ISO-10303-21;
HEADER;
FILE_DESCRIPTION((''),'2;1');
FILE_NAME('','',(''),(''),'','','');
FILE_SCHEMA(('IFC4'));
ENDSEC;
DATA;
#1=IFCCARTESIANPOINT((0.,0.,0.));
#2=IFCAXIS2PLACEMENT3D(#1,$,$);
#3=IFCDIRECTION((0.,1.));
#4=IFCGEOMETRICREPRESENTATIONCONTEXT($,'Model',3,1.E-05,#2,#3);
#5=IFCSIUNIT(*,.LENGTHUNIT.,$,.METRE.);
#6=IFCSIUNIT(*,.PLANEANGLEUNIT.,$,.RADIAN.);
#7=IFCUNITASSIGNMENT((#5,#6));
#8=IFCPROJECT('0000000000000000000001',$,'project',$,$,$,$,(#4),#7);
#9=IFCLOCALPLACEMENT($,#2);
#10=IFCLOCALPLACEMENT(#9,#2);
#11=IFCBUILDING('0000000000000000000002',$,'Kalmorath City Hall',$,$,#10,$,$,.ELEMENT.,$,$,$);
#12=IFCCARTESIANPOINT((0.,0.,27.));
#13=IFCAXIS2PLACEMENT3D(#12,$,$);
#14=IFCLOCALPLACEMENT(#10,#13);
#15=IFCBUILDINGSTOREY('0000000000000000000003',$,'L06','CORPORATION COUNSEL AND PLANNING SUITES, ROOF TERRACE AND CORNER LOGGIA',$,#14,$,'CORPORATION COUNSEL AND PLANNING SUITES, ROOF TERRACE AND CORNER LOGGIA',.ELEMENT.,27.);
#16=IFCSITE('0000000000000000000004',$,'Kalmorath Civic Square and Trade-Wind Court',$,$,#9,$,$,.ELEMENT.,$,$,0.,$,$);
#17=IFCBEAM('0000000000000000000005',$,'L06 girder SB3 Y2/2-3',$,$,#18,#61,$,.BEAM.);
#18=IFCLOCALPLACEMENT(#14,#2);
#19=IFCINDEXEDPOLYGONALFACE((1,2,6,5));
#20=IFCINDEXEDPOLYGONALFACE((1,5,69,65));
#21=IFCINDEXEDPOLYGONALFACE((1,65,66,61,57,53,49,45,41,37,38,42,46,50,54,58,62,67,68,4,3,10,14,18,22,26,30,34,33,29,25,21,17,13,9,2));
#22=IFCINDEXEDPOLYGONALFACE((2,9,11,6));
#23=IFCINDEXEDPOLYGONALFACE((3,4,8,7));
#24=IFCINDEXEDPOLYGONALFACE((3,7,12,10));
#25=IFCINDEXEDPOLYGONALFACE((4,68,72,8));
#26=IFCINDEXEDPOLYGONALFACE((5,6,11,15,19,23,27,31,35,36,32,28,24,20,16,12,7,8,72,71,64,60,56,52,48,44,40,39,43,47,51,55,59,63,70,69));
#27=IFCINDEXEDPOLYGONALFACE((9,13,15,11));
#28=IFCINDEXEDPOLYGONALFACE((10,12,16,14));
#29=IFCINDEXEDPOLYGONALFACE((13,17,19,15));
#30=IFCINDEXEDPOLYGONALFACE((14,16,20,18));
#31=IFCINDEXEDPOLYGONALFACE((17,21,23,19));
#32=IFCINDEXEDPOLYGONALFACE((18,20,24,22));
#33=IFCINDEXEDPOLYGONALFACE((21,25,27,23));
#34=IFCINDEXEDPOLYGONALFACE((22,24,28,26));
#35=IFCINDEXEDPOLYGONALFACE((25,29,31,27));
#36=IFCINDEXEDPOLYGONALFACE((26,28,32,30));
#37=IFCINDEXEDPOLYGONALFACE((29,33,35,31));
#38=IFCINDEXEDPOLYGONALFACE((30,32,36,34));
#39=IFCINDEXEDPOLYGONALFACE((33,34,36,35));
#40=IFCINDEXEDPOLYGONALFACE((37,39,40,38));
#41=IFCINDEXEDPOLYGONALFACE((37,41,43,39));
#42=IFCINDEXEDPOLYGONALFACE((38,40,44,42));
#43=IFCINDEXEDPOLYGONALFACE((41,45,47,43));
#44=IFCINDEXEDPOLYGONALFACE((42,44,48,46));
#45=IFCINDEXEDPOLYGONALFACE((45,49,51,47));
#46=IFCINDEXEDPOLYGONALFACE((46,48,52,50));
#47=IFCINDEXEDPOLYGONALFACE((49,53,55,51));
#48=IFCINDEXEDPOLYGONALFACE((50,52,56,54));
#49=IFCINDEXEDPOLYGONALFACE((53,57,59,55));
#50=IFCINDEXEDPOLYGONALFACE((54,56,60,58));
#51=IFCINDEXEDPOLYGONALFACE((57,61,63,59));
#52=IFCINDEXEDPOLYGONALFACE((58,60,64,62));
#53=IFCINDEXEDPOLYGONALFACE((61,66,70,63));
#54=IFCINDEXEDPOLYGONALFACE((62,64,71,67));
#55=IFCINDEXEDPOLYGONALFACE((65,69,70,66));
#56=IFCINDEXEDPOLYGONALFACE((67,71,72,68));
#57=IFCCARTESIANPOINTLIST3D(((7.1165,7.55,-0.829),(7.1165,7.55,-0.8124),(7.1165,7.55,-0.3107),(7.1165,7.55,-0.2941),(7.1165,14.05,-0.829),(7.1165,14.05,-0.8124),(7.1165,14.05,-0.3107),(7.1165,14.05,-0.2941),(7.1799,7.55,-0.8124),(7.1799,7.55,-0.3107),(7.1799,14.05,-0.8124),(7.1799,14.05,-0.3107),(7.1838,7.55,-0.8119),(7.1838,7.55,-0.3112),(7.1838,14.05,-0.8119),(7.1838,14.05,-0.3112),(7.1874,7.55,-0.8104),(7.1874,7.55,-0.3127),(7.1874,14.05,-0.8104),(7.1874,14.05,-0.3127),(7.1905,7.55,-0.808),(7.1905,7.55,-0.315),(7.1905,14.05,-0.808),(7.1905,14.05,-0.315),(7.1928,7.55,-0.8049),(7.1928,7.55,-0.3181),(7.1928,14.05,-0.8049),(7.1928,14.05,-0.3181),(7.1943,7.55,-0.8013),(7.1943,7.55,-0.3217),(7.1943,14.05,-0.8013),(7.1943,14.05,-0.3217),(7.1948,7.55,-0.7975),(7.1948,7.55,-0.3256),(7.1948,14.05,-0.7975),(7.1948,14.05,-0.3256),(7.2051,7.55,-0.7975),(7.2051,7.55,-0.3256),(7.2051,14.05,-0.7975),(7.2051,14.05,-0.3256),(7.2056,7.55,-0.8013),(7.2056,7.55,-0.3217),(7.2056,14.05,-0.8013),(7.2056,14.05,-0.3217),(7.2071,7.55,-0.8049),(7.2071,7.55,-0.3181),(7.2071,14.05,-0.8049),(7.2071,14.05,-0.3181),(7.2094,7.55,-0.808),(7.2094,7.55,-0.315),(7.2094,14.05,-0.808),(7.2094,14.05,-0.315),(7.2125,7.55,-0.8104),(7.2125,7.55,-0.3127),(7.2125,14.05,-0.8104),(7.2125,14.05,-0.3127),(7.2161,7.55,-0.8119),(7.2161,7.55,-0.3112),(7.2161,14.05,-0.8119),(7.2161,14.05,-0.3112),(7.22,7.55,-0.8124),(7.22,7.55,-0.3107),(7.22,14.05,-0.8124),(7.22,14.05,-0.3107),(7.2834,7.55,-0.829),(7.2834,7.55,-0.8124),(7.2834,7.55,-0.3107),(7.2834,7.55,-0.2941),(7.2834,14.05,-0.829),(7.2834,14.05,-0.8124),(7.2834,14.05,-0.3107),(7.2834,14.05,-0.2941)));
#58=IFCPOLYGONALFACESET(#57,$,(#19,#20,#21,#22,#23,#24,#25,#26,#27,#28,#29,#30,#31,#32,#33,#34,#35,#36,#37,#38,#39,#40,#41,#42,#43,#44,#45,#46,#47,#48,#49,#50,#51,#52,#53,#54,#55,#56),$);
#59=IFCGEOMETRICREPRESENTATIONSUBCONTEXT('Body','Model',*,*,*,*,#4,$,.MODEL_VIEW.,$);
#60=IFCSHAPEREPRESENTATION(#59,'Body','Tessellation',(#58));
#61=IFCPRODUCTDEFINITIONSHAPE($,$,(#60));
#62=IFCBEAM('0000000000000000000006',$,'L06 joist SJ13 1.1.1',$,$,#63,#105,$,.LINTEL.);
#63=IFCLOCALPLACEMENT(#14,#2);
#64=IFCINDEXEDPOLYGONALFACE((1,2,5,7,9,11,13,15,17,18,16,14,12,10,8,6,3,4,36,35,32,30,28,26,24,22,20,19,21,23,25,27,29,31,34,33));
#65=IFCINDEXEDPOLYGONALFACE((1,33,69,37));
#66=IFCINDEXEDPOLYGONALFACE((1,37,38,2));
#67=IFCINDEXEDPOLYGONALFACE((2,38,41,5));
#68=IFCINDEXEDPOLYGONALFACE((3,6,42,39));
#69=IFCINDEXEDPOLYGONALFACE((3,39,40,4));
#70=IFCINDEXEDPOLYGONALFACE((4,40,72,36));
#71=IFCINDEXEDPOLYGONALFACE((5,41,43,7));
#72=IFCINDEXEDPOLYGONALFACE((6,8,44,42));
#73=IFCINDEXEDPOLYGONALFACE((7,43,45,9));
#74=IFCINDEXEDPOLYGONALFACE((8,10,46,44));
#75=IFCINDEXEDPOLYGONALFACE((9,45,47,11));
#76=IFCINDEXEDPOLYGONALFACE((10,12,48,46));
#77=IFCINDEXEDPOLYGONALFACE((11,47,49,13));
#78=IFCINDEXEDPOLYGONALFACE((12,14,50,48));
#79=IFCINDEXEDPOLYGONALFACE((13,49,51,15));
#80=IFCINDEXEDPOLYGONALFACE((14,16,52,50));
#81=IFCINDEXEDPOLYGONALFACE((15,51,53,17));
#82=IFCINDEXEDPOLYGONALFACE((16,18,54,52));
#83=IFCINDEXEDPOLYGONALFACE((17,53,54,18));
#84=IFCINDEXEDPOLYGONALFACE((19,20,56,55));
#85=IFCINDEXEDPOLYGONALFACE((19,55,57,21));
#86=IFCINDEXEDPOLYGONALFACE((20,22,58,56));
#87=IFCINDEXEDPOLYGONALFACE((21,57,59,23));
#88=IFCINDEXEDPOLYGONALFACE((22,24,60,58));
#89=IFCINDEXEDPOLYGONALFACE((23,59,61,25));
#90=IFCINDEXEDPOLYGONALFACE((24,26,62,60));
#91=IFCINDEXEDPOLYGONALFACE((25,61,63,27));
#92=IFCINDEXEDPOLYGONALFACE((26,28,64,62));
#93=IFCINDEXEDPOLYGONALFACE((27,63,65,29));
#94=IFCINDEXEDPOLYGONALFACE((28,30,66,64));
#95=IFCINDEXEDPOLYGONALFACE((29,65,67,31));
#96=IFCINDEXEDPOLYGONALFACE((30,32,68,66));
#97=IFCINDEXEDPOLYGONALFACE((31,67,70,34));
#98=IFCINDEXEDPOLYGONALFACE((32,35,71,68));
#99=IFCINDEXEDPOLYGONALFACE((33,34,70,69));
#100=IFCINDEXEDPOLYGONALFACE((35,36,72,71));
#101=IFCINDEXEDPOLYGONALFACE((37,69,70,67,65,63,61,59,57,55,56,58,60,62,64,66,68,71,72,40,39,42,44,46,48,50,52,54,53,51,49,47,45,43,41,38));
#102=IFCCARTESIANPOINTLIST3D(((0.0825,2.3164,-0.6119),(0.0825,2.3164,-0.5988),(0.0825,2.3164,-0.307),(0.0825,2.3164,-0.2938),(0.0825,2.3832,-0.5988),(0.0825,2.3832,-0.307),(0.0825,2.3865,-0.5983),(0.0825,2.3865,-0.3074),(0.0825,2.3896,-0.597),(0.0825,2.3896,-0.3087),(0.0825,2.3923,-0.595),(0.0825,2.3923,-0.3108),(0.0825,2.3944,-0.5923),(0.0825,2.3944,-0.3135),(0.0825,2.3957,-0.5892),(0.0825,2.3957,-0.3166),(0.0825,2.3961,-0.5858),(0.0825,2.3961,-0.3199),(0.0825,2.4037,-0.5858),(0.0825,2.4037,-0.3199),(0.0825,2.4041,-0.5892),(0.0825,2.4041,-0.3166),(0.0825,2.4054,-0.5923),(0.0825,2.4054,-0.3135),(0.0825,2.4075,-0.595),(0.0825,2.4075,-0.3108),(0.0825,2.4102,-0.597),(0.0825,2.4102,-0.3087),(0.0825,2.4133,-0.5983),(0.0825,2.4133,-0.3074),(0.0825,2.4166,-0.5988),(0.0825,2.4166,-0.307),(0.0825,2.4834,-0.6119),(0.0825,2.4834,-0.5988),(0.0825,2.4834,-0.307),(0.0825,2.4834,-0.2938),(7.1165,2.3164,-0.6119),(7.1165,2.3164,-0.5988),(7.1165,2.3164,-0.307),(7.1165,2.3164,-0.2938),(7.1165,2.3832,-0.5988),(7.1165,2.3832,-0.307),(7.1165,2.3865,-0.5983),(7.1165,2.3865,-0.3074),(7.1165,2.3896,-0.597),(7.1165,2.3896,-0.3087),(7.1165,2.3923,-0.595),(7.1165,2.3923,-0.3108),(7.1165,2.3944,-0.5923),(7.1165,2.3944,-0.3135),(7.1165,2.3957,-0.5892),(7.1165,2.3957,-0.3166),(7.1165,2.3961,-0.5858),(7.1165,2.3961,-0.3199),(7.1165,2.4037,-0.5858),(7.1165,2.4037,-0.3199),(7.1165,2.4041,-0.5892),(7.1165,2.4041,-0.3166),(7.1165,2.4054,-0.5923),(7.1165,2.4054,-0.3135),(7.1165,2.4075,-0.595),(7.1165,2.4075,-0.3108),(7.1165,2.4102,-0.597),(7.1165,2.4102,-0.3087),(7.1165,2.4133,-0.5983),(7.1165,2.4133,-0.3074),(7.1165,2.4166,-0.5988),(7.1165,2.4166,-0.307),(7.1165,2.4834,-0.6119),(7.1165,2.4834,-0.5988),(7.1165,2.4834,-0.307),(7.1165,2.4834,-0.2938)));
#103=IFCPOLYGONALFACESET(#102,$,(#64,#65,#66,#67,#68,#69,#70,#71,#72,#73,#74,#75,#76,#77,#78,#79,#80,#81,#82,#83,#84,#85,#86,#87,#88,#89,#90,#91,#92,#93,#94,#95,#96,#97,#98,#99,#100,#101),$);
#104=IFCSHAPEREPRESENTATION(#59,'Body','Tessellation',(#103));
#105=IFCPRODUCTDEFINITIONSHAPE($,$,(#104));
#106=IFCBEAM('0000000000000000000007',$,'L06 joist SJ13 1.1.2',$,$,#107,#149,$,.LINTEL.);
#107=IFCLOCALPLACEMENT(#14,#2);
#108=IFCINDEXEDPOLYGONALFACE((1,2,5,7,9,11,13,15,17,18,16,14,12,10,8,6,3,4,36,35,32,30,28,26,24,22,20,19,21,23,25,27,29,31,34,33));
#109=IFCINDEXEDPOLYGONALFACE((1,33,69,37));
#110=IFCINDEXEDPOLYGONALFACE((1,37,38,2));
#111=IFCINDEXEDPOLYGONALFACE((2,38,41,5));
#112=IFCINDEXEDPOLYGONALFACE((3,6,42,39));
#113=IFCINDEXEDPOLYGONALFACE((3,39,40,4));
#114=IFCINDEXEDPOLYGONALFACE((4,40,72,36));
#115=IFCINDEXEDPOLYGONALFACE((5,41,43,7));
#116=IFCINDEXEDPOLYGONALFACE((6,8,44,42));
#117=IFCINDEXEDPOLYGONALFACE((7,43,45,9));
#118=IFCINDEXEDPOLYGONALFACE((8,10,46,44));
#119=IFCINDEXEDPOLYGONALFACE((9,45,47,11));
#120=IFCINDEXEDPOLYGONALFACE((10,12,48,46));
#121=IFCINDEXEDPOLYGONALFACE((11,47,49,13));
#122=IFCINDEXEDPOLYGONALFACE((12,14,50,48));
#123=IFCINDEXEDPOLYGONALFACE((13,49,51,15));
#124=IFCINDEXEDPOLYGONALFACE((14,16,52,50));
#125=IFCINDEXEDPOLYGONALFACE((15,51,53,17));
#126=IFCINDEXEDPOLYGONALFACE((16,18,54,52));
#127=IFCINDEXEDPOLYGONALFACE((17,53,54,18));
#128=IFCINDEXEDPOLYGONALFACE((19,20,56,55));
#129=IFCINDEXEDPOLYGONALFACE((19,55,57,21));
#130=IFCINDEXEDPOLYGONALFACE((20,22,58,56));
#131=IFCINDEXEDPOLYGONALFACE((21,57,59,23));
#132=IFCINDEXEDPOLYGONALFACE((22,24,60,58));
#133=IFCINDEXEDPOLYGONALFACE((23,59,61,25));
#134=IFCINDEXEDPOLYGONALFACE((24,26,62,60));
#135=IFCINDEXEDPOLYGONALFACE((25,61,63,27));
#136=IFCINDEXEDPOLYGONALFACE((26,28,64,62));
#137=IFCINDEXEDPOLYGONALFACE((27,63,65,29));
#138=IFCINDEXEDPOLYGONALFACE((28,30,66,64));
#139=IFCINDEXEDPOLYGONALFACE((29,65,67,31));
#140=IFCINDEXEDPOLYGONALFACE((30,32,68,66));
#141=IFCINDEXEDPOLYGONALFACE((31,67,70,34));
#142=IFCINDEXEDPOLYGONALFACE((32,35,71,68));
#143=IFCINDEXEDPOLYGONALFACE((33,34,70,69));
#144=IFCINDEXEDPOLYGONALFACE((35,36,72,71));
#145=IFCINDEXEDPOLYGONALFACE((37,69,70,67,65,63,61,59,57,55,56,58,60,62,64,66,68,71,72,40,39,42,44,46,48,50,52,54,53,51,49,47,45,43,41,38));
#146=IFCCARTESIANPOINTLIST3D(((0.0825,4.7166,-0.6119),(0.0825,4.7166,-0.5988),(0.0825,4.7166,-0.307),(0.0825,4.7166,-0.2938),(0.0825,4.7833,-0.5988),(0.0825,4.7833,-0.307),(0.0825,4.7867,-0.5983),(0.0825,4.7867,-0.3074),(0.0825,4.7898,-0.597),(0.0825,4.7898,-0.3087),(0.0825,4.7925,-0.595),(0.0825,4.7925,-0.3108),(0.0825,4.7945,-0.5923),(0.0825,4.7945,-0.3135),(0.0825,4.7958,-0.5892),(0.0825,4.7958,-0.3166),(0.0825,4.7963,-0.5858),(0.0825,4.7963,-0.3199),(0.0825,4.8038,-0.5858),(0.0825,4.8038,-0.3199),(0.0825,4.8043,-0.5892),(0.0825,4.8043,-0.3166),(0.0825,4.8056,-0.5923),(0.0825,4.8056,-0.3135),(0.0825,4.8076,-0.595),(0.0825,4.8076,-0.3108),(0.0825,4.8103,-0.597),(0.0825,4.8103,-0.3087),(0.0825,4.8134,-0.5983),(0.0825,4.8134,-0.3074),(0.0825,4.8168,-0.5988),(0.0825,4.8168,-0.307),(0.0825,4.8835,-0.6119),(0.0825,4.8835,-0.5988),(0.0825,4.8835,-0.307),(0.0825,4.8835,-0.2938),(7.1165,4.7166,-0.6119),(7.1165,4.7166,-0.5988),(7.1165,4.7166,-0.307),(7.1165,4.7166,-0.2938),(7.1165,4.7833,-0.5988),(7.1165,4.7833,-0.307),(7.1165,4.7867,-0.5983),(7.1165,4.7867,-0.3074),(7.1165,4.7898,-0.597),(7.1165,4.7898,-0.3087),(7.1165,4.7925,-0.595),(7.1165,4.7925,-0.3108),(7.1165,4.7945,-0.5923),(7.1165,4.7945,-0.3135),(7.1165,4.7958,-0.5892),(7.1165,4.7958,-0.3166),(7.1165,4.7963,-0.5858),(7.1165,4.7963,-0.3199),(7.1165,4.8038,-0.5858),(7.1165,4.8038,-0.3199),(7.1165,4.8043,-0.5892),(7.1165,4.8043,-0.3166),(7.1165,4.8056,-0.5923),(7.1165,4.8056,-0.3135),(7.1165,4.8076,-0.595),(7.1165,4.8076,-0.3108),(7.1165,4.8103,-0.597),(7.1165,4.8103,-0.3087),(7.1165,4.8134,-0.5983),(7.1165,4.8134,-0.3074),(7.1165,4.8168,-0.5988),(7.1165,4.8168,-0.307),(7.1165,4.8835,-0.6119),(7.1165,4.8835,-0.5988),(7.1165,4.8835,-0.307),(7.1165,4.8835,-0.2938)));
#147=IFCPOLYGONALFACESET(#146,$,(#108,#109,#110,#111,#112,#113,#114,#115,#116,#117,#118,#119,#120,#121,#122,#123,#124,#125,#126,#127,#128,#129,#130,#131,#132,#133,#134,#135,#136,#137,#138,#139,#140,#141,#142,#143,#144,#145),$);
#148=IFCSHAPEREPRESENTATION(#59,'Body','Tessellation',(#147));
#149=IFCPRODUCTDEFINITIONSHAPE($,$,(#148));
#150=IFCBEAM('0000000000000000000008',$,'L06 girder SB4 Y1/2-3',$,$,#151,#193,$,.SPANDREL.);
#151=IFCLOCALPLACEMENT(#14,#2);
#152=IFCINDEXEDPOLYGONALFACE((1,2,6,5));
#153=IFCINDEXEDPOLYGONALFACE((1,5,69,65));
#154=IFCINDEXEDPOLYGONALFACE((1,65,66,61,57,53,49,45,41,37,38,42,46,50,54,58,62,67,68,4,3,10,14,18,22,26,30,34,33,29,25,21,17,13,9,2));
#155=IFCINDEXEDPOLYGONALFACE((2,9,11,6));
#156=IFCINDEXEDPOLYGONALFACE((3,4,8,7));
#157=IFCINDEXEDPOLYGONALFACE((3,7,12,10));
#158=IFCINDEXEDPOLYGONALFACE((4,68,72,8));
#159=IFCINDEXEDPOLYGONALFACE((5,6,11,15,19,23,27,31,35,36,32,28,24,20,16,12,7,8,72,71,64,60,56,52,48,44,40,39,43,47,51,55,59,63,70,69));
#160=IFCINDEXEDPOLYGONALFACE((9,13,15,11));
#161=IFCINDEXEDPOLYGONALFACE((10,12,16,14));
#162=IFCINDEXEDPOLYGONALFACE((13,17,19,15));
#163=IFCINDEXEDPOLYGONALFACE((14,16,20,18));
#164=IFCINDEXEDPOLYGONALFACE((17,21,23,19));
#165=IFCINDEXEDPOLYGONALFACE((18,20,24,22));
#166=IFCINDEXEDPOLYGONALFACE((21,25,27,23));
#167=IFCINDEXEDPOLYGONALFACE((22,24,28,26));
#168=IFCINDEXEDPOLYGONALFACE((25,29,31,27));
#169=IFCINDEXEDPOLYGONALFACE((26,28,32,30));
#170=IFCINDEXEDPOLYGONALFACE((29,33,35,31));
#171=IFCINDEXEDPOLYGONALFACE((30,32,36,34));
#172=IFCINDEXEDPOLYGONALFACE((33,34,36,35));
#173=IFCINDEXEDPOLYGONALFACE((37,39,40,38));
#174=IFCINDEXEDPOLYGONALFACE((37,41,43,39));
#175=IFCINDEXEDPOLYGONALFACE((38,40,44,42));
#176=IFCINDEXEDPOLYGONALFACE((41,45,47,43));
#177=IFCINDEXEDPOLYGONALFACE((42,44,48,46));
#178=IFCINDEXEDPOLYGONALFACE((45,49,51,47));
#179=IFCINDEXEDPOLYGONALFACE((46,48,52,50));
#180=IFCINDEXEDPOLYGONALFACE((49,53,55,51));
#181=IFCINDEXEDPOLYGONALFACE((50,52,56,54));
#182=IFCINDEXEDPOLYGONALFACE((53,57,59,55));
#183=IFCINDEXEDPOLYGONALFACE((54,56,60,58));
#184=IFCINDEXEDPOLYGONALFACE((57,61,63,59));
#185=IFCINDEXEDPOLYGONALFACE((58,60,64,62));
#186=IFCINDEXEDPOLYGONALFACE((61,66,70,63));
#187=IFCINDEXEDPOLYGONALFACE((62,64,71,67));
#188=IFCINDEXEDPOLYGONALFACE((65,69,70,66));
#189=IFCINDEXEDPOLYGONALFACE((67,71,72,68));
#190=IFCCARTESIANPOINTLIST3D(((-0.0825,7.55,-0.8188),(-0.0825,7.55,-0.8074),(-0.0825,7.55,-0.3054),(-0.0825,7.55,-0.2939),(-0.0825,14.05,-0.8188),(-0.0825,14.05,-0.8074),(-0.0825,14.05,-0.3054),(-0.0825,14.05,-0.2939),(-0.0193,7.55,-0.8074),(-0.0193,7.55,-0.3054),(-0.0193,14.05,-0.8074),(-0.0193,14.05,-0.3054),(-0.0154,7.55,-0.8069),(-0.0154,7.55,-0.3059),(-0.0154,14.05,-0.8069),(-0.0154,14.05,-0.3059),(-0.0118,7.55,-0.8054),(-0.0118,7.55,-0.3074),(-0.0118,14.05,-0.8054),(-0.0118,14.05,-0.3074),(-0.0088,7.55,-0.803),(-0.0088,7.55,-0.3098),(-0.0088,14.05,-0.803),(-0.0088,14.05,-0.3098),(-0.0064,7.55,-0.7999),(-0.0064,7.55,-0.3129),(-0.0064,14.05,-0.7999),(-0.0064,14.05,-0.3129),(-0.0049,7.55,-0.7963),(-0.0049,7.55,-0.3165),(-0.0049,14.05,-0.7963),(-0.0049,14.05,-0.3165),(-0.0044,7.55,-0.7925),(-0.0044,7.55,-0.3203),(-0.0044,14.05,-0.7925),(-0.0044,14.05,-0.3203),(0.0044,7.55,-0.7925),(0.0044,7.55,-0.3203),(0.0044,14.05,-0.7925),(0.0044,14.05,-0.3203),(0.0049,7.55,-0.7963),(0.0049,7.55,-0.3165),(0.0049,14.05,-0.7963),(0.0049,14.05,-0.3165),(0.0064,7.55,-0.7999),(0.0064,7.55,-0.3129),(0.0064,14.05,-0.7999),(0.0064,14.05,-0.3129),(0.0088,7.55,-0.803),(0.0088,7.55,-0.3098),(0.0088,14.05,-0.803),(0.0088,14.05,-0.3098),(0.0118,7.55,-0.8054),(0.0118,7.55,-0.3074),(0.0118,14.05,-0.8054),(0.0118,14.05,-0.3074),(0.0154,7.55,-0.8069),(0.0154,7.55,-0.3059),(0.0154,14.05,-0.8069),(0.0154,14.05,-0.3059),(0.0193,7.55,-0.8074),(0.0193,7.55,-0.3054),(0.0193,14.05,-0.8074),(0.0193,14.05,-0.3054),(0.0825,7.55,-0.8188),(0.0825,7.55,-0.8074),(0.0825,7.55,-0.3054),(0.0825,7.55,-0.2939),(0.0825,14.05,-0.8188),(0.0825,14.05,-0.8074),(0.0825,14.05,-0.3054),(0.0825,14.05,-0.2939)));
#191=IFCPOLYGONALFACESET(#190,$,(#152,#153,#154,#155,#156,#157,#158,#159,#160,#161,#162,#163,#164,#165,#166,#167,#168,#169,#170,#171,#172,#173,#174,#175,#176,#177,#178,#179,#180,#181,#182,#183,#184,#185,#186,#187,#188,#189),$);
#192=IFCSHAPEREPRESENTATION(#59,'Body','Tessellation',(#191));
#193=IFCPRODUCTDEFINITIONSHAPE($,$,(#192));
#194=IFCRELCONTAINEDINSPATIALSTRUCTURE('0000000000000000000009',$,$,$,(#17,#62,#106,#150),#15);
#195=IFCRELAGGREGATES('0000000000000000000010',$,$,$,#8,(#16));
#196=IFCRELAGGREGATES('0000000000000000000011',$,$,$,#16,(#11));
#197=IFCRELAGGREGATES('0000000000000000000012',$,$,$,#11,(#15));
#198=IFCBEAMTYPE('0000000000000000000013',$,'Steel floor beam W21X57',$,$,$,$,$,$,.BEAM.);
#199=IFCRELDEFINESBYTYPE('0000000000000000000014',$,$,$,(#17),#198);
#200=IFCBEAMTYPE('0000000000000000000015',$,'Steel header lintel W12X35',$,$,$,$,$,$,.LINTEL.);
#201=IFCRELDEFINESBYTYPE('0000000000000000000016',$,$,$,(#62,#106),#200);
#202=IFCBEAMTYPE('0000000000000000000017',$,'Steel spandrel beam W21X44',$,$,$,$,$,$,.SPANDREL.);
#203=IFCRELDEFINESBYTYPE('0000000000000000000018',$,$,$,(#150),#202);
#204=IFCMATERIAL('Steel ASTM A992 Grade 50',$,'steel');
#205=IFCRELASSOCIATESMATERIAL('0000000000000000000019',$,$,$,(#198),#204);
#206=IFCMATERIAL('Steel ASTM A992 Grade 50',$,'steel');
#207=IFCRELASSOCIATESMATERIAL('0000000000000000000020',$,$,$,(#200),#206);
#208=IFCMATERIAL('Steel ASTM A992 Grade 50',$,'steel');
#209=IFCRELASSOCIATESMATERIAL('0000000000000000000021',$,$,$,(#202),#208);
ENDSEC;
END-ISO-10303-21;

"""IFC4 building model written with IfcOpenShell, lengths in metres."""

from ifc_helpers import new_model, si_unit, direction, frame, origin, origin_2d, place, context, subcontext, project, spatial, i_section, extrude, material, material_profile, profile_set, type_object, element, save


model = new_model("IFC4")

# Units and contexts
model_context = context("Model", 3, precision=1e-05, world=origin(), true_north=direction((0.0, 1.0)))
body_context = subcontext(model_context, "Body", "Model", "MODEL_VIEW")
ifc_project = project(units=[si_unit("LENGTHUNIT", "METRE"), si_unit("PLANEANGLEUNIT", "RADIAN")], contexts=[model_context])

# Site, building, storey
site_placement = place(None, origin())
site = spatial("IfcSite", under=ifc_project, at=site_placement, Name="Kalmorath Civic Square and Trade-Wind Court", CompositionType="ELEMENT", RefElevation=0.0)
building_placement = place(site_placement, origin())
building = spatial("IfcBuilding", under=site, at=building_placement, Name="Kalmorath City Hall", CompositionType="ELEMENT")
storey_placement = place(building_placement, frame((0.0, 0.0, 27.0)))
storey = spatial("IfcBuildingStorey", under=building, at=storey_placement, Name="L06", Description="CORPORATION COUNSEL AND PLANNING SUITES, ROOF TERRACE AND CORNER LOGGIA", LongName="CORPORATION COUNSEL AND PLANNING SUITES, ROOF TERRACE AND CORNER LOGGIA", CompositionType="ELEMENT", Elevation=27.0)

# Beams
ifc_material_1 = material(Name="Steel ASTM A992 Grade 50", Category="steel")
ifc_material_profile_1 = material_profile(ifc_material_1, i_section(OverallWidth=0.167, OverallDepth=0.5349, WebThickness=0.0103, FlangeThickness=0.0166, FilletRadius=0.0149, at=origin_2d()), Name="W21X57")
ifc_profile_set_1 = profile_set([ifc_material_profile_1], Name="Steel ASTM A992 Grade 50")
beam_type_1 = type_object("IfcBeamType", Name="Steel floor beam W21X57", PredefinedType="BEAM", material=ifc_profile_set_1)
for number, where, z_axis, x_axis, name in (
    (1, (7.2, 7.55, -0.5615), (0.0, 1.0, 0.0), (-1.0, 0.0, 0.0), "L06 girder SB3 Y2/2-3"),
):
    element("IfcBeam", number, at=place(storey_placement, frame(where, z_axis=z_axis, x_axis=x_axis)), inside=storey, type_object=beam_type_1, Name=name, PredefinedType="BEAM", context=body_context, shape_type="SweptSolid", body=[
        extrude(i_section(OverallWidth=0.167, OverallDepth=0.5349, WebThickness=0.0103, FlangeThickness=0.0166, FilletRadius=0.0149, at=origin_2d()), origin(), (0.0, 0.0, 1.0), 6.5),
    ])
ifc_material_2 = material(Name="Steel ASTM A992 Grade 50", Category="steel")
ifc_material_profile_2 = material_profile(ifc_material_2, i_section(OverallWidth=0.167, OverallDepth=0.3181, WebThickness=0.0076, FlangeThickness=0.0132, FilletRadius=0.0129, at=origin_2d()), Name="W12X35")
ifc_profile_set_2 = profile_set([ifc_material_profile_2], Name="Steel ASTM A992 Grade 50")
beam_type_2 = type_object("IfcBeamType", Name="Steel header lintel W12X35", PredefinedType="LINTEL", material=ifc_profile_set_2)
for number, where, z_axis, x_axis, name in (
    (2, (0.0825, 2.3999, -0.4529), (1.0, 0.0, 0.0), (0.0, 1.0, 0.0), "L06 joist SJ13 1.1.1"),
    (3, (0.0825, 4.8, -0.4529), (1.0, 0.0, 0.0), (0.0, 1.0, 0.0), "L06 joist SJ13 1.1.2"),
):
    element("IfcBeam", number, at=place(storey_placement, frame(where, z_axis=z_axis, x_axis=x_axis)), inside=storey, type_object=beam_type_2, Name=name, PredefinedType="LINTEL", context=body_context, shape_type="SweptSolid", body=[
        extrude(i_section(OverallWidth=0.167, OverallDepth=0.3181, WebThickness=0.0076, FlangeThickness=0.0132, FilletRadius=0.0129, at=origin_2d()), origin(), (0.0, 0.0, 1.0), 7.0339),
    ])
ifc_material_3 = material(Name="Steel ASTM A992 Grade 50", Category="steel")
ifc_material_profile_3 = material_profile(ifc_material_3, i_section(OverallWidth=0.165, OverallDepth=0.5249, WebThickness=0.0088, FlangeThickness=0.0115, FilletRadius=0.0149, at=origin_2d()), Name="W21X44")
ifc_profile_set_3 = profile_set([ifc_material_profile_3], Name="Steel ASTM A992 Grade 50")
beam_type_3 = type_object("IfcBeamType", Name="Steel spandrel beam W21X44", PredefinedType="SPANDREL", material=ifc_profile_set_3)
beam_placement = place(storey_placement, frame((0.0, 7.55, -0.5564), z_axis=(0.0, 1.0, 0.0), x_axis=(-1.0, 0.0, 0.0)))
element("IfcBeam", 4, at=beam_placement, inside=storey, type_object=beam_type_3, Name="L06 girder SB4 Y1/2-3", PredefinedType="SPANDREL", context=body_context, shape_type="SweptSolid", body=[
    extrude(i_section(OverallWidth=0.165, OverallDepth=0.5249, WebThickness=0.0088, FlangeThickness=0.0115, FilletRadius=0.0149, at=origin_2d()), origin(), (0.0, 0.0, 1.0), 6.5),
])

save(model, "model.ifc")
